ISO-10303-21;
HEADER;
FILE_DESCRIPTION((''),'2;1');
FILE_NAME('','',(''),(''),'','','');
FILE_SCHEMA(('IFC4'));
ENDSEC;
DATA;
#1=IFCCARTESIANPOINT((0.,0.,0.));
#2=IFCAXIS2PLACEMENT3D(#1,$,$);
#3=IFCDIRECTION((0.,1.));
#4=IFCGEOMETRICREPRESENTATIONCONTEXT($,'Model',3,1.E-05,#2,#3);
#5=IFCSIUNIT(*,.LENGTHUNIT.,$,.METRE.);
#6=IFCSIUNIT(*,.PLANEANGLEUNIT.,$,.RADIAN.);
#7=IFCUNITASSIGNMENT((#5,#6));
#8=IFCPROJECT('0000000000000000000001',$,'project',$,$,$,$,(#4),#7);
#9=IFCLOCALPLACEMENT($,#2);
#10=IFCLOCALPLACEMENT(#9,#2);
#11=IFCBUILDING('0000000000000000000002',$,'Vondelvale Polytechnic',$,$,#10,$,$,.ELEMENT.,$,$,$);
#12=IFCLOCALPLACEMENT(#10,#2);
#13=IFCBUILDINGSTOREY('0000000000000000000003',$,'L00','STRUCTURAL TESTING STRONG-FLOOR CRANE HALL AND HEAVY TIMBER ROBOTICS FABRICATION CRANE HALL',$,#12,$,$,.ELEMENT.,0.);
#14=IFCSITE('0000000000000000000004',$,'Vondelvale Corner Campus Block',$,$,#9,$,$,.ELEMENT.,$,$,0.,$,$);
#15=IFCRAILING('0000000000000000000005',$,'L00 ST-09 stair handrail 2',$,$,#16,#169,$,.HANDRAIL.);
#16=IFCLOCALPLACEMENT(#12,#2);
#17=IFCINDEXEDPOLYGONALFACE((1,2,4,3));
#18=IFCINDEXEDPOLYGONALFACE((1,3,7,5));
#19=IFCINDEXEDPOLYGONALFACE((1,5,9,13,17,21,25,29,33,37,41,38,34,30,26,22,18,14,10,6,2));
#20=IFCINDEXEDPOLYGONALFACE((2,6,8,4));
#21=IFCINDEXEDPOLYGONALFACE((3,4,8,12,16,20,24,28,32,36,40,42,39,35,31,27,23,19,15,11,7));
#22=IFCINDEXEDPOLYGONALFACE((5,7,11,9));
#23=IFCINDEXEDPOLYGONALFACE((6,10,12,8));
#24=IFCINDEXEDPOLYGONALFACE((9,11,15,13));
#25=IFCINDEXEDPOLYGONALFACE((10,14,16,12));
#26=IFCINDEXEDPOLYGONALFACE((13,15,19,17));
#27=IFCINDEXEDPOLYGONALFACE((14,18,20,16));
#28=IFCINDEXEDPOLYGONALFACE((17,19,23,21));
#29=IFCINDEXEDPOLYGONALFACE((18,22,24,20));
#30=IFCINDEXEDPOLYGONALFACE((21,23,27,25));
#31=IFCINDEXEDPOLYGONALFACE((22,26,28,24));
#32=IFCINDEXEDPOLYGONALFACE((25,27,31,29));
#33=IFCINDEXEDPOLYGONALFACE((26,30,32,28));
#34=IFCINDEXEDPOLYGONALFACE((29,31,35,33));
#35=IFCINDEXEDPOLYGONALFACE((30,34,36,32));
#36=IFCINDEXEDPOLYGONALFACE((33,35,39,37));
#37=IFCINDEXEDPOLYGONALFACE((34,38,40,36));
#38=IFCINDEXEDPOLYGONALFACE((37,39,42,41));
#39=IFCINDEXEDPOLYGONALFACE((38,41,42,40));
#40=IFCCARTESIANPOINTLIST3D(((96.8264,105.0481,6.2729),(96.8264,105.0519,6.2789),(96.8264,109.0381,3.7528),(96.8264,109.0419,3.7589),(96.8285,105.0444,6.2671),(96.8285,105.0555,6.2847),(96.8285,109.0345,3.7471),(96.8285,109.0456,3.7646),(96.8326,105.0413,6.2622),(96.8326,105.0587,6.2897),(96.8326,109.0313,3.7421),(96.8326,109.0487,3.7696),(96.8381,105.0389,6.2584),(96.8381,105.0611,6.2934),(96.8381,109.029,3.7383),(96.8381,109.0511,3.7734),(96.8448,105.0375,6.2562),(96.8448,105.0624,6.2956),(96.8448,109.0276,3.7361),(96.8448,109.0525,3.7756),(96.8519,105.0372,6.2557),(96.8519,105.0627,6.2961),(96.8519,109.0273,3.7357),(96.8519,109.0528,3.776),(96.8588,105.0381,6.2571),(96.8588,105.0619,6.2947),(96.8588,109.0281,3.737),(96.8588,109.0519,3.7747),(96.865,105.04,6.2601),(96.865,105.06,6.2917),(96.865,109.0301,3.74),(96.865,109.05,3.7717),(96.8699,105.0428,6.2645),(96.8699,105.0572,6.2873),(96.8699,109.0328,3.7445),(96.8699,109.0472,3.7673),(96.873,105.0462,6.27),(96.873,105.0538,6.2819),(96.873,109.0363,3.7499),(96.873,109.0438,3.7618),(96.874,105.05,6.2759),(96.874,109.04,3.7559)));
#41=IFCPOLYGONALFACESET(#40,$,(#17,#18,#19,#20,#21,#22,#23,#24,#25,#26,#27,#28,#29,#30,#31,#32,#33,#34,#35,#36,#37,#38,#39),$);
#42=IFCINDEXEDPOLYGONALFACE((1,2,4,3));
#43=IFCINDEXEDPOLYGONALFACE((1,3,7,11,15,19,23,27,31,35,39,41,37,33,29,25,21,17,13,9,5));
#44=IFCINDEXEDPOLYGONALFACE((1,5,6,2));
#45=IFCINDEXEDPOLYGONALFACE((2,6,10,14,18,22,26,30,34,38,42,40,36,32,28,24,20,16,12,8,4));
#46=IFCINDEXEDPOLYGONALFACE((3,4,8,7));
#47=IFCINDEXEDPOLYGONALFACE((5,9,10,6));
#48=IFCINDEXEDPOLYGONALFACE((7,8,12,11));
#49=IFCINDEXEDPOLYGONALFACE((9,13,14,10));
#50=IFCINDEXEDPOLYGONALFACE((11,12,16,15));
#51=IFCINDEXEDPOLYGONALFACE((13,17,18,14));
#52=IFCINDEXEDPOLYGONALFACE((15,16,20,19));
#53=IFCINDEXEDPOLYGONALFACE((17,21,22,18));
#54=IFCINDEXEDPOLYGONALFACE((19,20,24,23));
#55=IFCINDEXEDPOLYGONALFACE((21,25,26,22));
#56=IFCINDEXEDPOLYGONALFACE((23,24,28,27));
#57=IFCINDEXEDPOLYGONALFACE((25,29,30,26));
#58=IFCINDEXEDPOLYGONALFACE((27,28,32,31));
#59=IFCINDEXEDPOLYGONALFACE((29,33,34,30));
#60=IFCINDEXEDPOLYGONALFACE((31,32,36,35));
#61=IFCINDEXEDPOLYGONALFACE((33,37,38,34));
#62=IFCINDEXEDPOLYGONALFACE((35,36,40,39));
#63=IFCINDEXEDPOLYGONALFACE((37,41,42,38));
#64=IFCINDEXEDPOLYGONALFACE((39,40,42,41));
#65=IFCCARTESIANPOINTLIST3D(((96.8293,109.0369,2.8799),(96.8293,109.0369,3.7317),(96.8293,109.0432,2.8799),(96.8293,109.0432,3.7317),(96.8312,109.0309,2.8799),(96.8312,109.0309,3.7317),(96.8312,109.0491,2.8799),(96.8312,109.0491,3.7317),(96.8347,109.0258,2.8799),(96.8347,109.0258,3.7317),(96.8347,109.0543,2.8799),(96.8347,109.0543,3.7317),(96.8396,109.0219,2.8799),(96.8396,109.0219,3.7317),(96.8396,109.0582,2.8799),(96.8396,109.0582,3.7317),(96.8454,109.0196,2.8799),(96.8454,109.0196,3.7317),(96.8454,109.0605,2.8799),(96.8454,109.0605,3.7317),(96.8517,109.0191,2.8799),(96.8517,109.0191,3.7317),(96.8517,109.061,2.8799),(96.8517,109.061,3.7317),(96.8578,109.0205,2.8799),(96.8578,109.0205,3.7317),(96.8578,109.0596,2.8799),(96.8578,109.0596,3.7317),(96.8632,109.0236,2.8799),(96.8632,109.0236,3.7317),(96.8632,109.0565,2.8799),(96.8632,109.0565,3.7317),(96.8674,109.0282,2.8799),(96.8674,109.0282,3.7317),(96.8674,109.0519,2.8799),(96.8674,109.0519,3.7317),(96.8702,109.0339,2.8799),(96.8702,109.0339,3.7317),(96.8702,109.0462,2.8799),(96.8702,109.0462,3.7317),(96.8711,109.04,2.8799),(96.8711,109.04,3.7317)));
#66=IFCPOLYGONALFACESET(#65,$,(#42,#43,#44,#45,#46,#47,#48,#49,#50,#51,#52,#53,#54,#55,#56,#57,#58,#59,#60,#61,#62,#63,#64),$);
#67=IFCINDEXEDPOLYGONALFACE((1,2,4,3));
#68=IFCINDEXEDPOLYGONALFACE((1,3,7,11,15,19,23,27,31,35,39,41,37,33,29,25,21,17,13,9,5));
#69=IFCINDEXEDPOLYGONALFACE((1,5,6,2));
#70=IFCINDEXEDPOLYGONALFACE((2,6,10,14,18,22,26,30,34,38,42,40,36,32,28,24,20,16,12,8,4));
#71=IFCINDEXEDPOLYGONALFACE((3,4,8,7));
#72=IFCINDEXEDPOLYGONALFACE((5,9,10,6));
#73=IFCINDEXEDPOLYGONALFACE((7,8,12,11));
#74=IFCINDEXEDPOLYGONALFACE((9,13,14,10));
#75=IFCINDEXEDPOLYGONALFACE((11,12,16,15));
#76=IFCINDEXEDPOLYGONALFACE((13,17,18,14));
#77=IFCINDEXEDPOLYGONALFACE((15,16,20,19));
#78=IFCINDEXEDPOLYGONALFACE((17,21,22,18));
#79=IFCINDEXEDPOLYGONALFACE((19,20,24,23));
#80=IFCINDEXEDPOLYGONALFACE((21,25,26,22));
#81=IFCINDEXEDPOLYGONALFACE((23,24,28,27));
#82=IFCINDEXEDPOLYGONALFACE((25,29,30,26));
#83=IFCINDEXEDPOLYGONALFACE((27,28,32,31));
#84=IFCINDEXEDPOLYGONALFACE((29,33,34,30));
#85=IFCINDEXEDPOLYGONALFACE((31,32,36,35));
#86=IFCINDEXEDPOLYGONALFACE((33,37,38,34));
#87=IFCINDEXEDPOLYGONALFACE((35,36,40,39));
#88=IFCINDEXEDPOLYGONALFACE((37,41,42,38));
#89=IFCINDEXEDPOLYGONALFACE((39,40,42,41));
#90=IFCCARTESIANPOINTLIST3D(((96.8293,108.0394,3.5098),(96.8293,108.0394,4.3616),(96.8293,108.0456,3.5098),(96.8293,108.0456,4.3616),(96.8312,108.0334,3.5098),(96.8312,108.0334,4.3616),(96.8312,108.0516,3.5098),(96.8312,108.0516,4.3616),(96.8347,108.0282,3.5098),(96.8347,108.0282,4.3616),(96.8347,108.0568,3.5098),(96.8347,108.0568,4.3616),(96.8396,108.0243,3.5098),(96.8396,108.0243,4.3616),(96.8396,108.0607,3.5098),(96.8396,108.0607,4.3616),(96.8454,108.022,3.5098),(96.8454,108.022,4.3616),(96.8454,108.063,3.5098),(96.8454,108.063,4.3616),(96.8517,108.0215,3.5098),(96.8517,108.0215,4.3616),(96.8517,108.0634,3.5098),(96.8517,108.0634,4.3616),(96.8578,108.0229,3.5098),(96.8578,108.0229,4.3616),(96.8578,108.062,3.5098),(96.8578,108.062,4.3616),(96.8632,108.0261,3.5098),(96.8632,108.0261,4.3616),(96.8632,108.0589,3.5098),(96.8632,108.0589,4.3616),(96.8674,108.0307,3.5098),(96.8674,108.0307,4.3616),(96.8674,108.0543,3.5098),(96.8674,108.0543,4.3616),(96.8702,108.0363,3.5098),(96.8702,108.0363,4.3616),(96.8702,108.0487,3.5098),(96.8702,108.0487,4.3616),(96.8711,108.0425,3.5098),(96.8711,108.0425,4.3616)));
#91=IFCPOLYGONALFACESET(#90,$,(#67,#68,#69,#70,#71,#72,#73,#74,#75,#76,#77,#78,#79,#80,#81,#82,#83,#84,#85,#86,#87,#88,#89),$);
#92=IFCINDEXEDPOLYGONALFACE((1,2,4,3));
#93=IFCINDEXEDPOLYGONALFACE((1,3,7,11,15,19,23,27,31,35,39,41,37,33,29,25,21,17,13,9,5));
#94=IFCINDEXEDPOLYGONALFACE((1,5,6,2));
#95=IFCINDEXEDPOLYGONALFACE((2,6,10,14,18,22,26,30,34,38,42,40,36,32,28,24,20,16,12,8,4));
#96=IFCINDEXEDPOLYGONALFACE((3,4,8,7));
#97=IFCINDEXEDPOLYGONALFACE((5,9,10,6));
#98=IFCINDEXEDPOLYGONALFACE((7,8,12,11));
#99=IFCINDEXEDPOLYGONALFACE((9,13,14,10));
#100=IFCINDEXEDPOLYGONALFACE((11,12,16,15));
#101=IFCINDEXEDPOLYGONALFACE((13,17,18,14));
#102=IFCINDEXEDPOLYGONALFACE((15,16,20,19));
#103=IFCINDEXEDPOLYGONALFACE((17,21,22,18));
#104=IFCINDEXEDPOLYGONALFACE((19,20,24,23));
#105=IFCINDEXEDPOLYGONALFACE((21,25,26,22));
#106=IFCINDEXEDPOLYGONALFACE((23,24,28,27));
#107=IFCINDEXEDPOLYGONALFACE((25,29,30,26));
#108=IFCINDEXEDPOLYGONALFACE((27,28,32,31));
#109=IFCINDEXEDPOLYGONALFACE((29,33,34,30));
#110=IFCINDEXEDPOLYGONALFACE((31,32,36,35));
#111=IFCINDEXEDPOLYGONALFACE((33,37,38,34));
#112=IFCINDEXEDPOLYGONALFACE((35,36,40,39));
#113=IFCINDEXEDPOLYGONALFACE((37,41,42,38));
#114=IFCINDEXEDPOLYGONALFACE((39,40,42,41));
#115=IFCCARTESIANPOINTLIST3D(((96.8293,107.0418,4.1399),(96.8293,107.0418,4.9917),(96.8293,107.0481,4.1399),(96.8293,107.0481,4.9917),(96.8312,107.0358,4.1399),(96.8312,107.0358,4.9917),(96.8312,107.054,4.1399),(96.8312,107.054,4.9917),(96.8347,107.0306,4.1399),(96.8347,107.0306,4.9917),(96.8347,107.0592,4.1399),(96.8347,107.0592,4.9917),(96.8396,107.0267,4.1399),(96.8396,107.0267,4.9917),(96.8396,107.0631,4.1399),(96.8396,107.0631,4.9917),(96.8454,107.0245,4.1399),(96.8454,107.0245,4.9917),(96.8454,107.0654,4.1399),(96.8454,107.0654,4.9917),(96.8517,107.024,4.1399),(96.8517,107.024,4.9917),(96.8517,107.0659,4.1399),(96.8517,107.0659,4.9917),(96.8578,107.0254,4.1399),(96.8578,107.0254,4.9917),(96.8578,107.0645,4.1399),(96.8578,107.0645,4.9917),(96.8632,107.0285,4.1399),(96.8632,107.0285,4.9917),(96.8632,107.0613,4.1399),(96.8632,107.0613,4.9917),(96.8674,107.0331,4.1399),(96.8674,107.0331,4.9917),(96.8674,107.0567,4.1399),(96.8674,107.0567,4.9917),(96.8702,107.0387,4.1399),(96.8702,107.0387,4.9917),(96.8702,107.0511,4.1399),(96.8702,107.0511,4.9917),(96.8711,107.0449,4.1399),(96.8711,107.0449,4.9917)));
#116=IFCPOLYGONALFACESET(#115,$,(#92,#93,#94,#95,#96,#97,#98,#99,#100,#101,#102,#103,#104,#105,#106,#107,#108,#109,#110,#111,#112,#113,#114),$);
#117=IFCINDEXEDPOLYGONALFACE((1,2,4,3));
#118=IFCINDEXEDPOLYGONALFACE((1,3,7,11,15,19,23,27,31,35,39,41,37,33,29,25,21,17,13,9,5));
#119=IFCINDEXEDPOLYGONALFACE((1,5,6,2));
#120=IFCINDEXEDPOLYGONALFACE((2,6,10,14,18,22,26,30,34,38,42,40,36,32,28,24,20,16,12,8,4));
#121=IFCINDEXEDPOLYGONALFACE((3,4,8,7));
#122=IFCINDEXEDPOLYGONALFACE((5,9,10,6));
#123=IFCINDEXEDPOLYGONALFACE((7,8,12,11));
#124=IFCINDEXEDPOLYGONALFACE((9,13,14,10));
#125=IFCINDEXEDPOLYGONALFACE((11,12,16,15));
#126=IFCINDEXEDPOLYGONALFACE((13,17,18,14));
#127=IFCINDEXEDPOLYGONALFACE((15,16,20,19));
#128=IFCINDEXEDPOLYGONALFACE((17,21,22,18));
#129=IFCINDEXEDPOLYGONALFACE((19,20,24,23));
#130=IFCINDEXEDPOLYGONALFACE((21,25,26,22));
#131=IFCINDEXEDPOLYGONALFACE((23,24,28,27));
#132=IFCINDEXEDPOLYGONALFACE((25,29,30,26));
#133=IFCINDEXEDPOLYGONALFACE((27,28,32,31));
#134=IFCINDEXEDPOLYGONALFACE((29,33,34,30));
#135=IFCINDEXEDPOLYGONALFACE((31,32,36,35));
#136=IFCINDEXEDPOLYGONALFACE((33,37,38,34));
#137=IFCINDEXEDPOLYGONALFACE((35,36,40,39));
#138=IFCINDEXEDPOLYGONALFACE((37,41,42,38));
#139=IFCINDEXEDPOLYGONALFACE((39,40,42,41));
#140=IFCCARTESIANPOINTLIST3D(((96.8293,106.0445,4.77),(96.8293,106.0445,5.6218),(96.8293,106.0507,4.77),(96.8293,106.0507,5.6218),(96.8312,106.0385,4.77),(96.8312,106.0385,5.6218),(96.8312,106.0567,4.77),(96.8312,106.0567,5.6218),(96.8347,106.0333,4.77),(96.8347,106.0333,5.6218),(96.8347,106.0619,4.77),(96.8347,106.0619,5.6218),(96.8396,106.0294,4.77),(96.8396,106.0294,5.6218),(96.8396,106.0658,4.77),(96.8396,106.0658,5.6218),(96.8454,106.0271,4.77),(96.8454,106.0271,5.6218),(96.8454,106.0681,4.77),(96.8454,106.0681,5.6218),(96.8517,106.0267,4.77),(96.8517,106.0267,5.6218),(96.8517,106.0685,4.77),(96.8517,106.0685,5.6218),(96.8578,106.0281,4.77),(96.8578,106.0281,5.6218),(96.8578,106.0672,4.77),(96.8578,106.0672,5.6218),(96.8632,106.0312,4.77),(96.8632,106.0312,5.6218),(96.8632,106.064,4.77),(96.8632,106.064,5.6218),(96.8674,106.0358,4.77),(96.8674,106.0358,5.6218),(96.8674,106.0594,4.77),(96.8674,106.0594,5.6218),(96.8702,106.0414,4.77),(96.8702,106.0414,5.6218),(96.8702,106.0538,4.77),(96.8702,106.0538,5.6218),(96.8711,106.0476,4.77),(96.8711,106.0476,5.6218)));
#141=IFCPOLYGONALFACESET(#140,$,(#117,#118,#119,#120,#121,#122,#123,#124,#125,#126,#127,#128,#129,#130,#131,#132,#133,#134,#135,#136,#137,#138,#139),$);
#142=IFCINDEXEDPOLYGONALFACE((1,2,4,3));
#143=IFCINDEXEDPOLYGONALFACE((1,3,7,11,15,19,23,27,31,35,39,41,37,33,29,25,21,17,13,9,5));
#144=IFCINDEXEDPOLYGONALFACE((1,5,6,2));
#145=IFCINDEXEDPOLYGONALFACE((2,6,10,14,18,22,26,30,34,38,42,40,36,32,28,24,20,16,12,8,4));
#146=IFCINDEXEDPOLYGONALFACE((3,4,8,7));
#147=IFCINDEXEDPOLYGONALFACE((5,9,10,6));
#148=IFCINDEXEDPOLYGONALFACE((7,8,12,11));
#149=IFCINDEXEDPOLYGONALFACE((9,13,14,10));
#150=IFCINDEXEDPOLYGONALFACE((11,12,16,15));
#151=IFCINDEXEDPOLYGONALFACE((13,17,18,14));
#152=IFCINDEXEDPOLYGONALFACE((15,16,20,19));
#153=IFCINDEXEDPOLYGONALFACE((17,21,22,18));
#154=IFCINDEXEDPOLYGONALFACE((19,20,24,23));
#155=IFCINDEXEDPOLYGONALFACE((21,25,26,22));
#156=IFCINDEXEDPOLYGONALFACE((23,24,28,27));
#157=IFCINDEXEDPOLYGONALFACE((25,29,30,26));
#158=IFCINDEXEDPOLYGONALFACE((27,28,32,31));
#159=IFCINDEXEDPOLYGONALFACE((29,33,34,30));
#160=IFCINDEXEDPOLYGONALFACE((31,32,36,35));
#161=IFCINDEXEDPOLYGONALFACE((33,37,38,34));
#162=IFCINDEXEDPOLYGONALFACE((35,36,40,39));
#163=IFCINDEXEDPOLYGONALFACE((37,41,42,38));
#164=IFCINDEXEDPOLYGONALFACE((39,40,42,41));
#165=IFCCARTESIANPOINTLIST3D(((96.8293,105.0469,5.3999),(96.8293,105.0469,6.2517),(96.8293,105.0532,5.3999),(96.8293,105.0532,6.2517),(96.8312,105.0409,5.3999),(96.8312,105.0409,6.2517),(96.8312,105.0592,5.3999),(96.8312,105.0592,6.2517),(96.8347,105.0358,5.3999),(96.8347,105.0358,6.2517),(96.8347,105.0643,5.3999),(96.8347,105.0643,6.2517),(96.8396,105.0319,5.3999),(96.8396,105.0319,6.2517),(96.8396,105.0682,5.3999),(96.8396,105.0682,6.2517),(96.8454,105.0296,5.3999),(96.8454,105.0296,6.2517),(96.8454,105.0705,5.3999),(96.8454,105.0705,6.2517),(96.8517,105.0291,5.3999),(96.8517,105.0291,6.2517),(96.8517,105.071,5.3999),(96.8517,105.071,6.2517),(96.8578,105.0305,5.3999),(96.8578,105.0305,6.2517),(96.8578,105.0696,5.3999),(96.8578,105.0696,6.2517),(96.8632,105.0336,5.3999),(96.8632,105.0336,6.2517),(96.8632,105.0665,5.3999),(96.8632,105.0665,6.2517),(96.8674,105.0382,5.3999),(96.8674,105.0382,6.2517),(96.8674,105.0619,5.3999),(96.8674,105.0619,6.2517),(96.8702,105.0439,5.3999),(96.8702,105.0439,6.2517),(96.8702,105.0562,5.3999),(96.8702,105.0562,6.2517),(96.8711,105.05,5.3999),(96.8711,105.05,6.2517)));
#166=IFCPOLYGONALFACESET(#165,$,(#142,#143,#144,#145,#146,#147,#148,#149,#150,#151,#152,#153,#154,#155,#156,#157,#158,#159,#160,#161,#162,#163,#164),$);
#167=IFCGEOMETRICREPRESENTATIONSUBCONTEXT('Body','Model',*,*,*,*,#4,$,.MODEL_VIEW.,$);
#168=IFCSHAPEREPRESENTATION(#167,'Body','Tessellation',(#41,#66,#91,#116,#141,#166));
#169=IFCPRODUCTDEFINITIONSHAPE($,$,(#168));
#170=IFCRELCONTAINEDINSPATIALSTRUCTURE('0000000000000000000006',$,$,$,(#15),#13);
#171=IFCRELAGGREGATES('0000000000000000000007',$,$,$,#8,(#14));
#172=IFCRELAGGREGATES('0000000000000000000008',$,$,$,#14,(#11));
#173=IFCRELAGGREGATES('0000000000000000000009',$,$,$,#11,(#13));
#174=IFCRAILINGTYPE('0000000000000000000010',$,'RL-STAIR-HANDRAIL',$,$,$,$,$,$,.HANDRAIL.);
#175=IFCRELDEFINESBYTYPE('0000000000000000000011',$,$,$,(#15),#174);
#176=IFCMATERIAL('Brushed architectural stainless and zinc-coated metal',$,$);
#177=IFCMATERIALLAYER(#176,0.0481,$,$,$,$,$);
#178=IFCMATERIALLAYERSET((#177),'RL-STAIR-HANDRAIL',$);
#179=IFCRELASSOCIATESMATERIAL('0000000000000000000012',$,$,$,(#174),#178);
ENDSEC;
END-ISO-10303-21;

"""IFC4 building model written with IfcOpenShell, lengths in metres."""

from ifc_helpers import new_model, si_unit, direction, frame, origin, origin_2d, place, context, subcontext, project, spatial, circle, extrude, material, layer, layer_set, type_object, element, save


model = new_model("IFC4")

# Units and contexts
model_context = context("Model", 3, precision=1e-05, world=origin(), true_north=direction((0.0, 1.0)))
body_context = subcontext(model_context, "Body", "Model", "MODEL_VIEW")
ifc_project = project(units=[si_unit("LENGTHUNIT", "METRE"), si_unit("PLANEANGLEUNIT", "RADIAN")], contexts=[model_context])

# Site, building, storey
site_placement = place(None, origin())
site = spatial("IfcSite", under=ifc_project, at=site_placement, Name="Vondelvale Corner Campus Block", CompositionType="ELEMENT", RefElevation=0.0)
building_placement = place(site_placement, origin())
building = spatial("IfcBuilding", under=site, at=building_placement, Name="Vondelvale Polytechnic", CompositionType="ELEMENT")
storey_placement = place(building_placement, origin())
storey = spatial("IfcBuildingStorey", under=building, at=storey_placement, Name="L00", Description="STRUCTURAL TESTING STRONG-FLOOR CRANE HALL AND HEAVY TIMBER ROBOTICS FABRICATION CRANE HALL", CompositionType="ELEMENT", Elevation=0.0)

# Railing
ifc_material_1 = material(Name="Brushed architectural stainless and zinc-coated metal")
ifc_layer_1 = layer(ifc_material_1, 0.0481)
ifc_layer_set_1 = layer_set([ifc_layer_1], Name="RL-STAIR-HANDRAIL")
railing_type_1 = type_object("IfcRailingType", Name="RL-STAIR-HANDRAIL", PredefinedType="HANDRAIL", material=ifc_layer_set_1)
railing_1_placement = place(storey_placement, frame((96.8501, 109.04, 2.8799)))
element("IfcRailing", 1, at=railing_1_placement, inside=storey, type_object=railing_type_1, Name="L00 ST-09 stair handrail 2", PredefinedType="HANDRAIL", context=body_context, shape_type="SweptSolid", body=[
    extrude(circle(Radius=0.0239, at=origin_2d()), frame((0.0, 0.0, 0.876), z_axis=(0.0, -0.845486, 0.533997), x_axis=(1.0, 0.0, 0.0)), (0.0, 0.0, 1.0), 4.7192),
    extrude(circle(Radius=0.021, at=origin_2d()), origin(), (0.0, 0.0, 1.0), 0.8518),
    extrude(circle(Radius=0.021, at=origin_2d()), frame((0.0, -0.9976, 0.6299)), (0.0, 0.0, 1.0), 0.8518),
    extrude(circle(Radius=0.021, at=origin_2d()), frame((0.0, -1.9951, 1.26)), (0.0, 0.0, 1.0), 0.8518),
    extrude(circle(Radius=0.021, at=origin_2d()), frame((0.0, -2.9924, 1.8901)), (0.0, 0.0, 1.0), 0.8518),
    extrude(circle(Radius=0.021, at=origin_2d()), frame((0.0, -3.99, 2.52)), (0.0, 0.0, 1.0), 0.8518),
])

save(model, "model.ifc")
